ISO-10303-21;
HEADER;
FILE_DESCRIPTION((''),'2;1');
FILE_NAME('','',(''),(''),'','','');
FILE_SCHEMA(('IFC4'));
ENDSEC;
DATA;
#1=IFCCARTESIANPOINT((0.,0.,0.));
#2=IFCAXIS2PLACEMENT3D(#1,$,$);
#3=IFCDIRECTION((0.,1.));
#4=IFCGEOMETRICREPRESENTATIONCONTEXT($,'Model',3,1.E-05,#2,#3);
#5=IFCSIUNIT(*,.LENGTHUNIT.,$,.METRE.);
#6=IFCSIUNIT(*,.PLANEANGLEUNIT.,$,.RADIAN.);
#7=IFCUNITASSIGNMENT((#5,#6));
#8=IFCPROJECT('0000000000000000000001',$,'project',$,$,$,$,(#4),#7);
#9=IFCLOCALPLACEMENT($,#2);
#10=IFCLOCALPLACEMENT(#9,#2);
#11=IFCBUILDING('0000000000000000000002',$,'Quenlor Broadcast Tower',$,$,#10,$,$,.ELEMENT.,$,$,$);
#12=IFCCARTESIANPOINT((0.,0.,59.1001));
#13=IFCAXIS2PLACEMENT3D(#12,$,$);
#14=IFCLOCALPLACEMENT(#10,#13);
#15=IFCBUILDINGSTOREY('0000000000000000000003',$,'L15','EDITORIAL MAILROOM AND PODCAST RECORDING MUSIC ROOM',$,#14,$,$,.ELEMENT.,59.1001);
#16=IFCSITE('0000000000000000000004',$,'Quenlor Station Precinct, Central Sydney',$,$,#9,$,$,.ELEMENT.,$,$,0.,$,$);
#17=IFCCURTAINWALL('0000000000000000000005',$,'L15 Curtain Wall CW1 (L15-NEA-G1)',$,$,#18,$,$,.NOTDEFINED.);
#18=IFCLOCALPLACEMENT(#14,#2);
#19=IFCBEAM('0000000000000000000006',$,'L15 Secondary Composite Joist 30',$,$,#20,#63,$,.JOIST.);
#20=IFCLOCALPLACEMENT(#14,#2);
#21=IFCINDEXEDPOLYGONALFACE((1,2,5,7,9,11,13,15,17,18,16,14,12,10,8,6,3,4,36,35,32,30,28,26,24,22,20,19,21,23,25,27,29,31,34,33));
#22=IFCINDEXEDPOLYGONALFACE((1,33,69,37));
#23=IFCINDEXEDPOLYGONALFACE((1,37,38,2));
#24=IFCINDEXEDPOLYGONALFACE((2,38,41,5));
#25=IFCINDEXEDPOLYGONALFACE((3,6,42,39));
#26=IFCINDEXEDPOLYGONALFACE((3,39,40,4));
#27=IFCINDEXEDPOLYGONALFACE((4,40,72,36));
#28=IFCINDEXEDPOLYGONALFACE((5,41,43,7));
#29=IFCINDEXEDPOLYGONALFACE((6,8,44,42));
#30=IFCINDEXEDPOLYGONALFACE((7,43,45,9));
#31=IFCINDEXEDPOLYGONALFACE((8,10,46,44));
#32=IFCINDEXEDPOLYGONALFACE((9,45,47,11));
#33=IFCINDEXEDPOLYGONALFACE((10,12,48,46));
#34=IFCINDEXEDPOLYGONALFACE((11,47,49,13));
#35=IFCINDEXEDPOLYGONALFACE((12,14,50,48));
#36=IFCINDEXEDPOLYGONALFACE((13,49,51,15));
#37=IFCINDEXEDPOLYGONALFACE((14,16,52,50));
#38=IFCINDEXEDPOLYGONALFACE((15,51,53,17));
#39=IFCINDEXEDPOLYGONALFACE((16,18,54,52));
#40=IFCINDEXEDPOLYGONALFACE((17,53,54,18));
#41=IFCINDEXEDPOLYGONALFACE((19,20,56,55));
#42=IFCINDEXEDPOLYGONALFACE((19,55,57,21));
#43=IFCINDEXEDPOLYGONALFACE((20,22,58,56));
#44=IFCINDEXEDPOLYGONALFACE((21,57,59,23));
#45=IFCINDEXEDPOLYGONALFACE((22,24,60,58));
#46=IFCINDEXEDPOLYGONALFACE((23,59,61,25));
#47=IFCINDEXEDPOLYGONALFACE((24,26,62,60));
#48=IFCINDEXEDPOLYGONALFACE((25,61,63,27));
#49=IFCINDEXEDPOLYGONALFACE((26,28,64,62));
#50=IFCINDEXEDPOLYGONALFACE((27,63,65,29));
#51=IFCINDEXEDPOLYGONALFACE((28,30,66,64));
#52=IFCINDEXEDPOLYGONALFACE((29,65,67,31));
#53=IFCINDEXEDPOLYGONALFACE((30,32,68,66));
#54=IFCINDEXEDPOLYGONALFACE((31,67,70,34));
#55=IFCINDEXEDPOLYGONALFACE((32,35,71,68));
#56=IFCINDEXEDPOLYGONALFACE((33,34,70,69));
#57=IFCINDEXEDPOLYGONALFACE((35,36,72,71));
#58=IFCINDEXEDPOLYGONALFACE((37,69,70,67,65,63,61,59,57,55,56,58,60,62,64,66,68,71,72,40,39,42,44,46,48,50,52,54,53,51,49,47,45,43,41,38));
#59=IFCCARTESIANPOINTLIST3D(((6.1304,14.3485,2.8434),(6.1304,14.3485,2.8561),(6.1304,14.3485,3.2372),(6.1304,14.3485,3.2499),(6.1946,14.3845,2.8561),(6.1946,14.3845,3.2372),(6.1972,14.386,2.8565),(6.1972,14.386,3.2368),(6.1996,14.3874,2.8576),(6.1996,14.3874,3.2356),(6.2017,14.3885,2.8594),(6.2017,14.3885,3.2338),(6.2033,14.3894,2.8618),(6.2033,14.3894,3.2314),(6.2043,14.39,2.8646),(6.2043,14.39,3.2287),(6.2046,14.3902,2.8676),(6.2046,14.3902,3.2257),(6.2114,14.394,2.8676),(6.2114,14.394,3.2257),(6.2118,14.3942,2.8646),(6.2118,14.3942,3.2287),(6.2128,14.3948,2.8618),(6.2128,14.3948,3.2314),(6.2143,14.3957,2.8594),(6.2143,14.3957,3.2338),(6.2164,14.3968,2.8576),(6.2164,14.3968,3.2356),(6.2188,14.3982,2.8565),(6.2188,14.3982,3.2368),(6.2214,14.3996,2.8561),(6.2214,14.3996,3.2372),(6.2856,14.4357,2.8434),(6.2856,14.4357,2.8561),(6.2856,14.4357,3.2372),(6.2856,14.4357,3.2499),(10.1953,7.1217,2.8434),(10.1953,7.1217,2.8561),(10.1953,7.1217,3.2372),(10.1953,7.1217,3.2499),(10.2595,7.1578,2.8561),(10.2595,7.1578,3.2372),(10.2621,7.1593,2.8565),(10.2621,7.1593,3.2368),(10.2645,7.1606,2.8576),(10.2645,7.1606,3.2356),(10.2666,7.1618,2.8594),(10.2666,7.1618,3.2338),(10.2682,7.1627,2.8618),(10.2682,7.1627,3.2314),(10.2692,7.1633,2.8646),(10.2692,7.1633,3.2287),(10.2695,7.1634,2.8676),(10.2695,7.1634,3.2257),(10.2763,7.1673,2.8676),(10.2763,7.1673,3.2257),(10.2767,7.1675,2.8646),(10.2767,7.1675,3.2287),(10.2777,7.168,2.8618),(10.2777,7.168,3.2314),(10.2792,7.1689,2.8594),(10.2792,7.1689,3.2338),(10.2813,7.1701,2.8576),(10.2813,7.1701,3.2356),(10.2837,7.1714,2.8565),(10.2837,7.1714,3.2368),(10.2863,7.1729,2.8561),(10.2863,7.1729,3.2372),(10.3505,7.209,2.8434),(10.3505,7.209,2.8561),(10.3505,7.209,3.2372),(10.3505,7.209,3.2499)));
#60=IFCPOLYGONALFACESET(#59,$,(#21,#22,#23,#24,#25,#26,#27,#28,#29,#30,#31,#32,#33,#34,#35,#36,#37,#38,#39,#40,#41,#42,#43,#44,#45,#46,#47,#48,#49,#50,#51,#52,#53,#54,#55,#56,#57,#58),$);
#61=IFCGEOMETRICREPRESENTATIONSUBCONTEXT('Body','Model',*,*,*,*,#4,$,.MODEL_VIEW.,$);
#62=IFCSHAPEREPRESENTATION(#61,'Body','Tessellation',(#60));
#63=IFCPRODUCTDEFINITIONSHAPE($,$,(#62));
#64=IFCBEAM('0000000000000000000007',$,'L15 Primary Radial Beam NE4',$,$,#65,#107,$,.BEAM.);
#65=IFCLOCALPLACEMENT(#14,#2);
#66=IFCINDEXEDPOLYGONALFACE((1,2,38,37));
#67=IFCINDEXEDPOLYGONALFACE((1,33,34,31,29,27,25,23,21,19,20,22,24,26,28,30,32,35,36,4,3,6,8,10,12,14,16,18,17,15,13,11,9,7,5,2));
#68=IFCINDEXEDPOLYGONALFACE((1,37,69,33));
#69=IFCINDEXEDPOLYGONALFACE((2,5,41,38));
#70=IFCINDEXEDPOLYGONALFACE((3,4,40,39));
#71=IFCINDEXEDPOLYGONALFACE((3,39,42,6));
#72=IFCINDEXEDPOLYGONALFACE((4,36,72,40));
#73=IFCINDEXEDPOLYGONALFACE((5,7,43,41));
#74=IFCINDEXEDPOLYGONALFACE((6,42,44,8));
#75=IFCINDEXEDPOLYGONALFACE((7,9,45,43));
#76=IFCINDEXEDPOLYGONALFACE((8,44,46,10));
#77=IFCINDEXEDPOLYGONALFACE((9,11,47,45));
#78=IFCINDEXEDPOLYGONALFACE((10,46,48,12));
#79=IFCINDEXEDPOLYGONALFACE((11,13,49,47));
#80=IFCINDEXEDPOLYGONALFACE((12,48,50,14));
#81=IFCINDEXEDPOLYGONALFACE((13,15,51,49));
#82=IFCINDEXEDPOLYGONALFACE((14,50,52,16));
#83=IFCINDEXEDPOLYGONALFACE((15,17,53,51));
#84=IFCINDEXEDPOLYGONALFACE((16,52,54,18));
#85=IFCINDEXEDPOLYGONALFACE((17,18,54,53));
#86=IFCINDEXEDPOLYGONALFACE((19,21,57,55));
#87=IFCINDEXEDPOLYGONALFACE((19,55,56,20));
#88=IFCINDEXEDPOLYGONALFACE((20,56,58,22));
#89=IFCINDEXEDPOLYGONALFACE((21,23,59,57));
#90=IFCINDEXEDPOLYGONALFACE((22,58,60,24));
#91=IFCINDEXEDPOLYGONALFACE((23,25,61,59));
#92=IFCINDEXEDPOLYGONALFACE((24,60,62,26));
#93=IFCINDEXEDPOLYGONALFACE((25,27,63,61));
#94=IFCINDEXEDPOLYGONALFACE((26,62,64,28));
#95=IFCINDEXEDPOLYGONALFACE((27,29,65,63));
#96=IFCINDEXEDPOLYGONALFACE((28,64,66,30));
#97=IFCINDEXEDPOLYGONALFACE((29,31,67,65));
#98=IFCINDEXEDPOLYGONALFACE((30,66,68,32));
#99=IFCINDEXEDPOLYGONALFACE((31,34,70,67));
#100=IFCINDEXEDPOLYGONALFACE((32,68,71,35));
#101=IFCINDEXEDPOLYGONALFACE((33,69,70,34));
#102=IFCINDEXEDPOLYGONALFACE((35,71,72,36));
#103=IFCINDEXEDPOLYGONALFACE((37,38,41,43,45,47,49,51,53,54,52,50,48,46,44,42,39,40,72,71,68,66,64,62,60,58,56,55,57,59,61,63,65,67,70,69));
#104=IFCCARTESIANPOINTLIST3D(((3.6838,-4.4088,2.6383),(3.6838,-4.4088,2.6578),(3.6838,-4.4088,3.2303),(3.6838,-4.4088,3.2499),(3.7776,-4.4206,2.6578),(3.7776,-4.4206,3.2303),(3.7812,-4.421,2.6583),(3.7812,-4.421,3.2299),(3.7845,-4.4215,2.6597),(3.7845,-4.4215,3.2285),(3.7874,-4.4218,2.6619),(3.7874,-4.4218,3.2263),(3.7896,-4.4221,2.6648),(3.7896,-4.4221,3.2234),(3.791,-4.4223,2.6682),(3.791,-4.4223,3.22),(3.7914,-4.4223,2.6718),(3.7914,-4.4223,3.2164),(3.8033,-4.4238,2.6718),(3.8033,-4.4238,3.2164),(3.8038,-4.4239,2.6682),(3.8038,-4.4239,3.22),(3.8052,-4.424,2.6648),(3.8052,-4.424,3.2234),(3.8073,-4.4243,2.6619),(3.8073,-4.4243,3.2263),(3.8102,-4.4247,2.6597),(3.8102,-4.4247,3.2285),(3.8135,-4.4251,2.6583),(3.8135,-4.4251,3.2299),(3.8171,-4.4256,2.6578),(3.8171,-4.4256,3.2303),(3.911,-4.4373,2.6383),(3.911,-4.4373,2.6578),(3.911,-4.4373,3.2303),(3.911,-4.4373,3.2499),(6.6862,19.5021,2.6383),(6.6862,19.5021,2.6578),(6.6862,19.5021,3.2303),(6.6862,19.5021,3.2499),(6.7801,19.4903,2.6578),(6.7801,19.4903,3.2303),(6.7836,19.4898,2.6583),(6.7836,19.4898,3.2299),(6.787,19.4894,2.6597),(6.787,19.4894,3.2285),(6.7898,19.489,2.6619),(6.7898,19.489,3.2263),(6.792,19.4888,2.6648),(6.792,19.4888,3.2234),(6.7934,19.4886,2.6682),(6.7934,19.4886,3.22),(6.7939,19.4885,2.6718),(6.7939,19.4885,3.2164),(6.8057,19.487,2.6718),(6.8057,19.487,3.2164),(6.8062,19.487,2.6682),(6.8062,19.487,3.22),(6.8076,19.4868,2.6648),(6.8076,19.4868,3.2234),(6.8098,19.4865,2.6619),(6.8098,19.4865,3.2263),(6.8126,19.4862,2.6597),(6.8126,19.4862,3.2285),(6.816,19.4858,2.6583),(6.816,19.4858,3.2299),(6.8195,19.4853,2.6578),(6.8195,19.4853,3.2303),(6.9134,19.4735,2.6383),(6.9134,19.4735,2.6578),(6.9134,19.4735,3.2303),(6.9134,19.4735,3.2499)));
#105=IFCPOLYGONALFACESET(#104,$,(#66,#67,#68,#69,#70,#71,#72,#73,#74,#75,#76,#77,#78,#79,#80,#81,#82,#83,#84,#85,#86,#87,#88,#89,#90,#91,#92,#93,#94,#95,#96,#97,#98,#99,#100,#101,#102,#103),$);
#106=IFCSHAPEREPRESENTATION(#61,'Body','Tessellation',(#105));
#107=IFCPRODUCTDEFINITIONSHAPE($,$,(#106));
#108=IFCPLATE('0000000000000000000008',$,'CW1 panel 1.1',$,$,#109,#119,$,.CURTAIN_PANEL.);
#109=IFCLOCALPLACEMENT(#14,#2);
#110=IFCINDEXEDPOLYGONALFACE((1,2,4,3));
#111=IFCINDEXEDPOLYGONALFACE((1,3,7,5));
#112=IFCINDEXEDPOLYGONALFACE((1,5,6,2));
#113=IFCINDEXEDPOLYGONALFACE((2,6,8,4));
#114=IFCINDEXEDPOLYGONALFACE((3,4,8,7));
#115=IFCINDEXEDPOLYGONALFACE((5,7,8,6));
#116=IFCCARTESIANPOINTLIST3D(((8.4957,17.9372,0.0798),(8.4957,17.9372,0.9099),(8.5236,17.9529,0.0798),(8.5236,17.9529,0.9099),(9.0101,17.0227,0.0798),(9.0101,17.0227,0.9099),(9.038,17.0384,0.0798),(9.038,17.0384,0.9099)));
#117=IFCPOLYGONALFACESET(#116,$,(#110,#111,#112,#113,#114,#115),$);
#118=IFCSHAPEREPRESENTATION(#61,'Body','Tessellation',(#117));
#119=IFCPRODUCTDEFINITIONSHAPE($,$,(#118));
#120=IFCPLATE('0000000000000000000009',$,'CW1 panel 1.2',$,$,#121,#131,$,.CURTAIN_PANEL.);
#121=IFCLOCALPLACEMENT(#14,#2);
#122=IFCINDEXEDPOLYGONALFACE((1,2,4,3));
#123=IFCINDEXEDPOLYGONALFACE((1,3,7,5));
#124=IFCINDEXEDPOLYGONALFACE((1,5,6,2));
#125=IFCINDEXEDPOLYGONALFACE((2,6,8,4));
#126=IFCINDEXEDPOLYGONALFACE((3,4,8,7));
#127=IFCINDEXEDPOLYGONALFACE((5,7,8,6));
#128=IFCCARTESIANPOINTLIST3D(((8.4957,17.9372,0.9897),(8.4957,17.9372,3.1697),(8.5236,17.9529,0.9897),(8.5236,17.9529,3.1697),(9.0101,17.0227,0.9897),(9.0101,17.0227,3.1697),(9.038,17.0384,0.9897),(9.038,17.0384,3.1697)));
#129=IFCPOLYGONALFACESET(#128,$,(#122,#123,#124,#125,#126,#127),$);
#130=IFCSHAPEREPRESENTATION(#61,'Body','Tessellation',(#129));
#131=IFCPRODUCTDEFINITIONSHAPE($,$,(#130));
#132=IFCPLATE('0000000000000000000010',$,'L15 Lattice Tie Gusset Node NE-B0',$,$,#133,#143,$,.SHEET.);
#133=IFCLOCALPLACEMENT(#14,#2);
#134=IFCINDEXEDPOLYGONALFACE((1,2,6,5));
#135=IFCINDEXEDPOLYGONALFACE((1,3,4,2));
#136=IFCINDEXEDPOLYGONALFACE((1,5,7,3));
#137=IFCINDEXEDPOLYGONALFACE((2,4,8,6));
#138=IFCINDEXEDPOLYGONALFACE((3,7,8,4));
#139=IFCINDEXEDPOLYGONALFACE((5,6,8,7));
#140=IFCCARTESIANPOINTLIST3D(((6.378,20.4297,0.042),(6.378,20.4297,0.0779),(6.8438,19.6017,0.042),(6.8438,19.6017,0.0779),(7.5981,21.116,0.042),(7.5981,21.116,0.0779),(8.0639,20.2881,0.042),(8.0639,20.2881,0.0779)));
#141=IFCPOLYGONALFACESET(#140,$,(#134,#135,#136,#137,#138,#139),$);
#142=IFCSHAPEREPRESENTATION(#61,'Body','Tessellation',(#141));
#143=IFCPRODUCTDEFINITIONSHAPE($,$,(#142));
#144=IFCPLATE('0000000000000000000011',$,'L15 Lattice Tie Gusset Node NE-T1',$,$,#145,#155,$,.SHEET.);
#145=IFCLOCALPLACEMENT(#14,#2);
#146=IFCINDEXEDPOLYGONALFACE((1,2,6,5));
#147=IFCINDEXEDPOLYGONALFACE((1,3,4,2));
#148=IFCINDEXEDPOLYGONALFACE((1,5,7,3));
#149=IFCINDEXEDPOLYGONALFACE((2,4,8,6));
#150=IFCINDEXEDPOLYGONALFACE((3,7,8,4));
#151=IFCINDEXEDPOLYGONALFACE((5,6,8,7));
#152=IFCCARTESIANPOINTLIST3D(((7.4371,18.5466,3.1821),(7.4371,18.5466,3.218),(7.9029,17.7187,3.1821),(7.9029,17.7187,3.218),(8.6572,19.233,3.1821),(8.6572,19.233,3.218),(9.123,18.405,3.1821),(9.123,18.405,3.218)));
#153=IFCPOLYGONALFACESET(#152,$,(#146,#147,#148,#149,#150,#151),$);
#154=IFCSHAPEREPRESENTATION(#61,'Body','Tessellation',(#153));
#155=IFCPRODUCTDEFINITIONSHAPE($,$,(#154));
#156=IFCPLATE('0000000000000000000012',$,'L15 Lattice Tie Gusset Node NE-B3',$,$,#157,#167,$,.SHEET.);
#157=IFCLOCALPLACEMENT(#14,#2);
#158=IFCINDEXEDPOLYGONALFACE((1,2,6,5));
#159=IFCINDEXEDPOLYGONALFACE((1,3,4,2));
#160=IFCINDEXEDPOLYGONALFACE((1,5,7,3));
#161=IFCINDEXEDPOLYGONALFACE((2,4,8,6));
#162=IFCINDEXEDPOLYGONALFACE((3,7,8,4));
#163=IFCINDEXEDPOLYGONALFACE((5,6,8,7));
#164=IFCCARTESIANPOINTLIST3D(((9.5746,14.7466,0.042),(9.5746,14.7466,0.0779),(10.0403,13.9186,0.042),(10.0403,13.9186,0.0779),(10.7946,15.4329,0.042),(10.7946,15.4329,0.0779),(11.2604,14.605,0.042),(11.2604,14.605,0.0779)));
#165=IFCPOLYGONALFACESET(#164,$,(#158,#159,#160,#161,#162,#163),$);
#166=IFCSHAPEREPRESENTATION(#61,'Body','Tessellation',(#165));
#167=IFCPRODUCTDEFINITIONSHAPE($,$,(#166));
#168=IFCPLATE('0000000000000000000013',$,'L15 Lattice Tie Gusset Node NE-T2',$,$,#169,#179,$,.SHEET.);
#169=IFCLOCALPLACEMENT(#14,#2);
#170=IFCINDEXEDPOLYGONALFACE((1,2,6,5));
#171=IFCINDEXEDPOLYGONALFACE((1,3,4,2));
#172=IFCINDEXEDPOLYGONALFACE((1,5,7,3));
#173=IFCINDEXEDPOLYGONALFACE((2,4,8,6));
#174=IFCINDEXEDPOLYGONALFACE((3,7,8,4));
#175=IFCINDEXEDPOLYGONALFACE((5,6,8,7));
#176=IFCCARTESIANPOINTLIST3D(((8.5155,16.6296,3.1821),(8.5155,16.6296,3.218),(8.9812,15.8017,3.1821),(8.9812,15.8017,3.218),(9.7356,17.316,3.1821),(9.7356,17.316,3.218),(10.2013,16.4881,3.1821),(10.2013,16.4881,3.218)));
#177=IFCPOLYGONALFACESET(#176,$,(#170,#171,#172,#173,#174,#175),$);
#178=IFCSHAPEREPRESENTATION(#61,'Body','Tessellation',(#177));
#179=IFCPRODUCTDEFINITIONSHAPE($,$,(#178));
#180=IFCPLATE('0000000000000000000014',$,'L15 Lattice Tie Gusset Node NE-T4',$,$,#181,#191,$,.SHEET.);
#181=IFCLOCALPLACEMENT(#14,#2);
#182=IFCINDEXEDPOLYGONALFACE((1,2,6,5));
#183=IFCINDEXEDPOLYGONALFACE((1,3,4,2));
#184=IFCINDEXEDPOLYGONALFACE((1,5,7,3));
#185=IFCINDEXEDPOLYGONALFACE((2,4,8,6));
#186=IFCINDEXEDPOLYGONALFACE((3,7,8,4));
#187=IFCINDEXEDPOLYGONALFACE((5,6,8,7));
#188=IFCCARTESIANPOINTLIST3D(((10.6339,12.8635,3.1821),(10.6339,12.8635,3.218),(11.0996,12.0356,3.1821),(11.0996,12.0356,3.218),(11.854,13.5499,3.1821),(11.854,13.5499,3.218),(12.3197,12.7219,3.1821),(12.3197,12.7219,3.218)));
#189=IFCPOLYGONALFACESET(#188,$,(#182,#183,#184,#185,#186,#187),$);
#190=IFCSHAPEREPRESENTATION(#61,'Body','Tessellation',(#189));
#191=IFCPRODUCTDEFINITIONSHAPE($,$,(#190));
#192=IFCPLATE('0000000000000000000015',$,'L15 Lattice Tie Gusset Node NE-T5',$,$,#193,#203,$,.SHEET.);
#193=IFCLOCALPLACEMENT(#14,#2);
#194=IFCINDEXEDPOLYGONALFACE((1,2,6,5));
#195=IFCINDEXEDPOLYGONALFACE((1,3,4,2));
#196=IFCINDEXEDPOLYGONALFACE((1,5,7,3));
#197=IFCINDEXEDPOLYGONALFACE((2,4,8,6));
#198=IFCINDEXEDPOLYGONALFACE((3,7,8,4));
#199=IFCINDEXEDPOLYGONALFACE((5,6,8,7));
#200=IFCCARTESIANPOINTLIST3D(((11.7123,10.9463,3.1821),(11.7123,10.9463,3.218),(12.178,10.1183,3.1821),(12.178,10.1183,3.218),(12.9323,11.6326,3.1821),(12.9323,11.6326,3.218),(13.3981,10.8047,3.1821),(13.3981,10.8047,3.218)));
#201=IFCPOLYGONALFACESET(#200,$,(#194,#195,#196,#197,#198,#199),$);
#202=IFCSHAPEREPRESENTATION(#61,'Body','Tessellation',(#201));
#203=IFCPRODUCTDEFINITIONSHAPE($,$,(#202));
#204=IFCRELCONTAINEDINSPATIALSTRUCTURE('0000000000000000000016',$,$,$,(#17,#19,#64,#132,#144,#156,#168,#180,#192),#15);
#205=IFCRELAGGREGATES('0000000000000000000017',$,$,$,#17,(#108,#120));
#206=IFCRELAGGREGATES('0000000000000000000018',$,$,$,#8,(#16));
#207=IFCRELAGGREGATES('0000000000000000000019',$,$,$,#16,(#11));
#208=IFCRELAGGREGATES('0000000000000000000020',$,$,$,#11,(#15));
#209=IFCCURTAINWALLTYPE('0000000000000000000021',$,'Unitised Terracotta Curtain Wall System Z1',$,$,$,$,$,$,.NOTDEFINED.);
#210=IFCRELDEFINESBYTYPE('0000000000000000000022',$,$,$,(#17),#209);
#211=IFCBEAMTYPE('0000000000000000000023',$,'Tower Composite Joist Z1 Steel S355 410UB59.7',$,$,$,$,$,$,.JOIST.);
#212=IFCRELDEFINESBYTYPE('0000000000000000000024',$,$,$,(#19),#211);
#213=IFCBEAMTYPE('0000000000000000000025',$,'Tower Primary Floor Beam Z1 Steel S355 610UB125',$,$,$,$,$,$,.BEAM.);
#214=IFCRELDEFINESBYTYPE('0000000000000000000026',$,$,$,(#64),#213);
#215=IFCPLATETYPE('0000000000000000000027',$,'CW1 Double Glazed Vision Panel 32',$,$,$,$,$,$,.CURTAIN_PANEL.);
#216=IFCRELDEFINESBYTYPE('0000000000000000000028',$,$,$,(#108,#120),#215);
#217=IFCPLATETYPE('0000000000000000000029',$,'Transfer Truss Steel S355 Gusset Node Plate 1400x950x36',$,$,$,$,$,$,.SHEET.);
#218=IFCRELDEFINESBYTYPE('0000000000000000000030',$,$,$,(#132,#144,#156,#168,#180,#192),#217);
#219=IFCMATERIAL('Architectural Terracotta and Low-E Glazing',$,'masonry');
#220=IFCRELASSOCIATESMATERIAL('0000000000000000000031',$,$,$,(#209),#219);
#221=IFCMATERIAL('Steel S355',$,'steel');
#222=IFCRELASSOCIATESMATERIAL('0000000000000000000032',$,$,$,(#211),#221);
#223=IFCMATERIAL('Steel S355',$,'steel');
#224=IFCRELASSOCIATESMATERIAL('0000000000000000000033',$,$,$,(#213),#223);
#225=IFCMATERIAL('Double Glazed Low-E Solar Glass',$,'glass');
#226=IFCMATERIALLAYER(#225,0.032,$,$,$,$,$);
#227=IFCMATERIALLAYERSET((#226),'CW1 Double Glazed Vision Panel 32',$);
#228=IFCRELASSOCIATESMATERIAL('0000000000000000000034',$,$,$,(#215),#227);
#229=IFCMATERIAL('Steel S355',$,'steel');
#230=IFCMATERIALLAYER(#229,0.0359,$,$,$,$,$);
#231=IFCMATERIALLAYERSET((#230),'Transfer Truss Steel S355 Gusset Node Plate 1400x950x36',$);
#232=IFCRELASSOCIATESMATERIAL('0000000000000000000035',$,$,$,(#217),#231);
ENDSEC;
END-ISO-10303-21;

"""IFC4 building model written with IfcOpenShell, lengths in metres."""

from ifc_helpers import new_model, si_unit, direction, frame, origin, origin_2d, place, context, subcontext, project, spatial, rectangle, i_section, extrude, material, layer, layer_set, material_profile, profile_set, type_object, element, aggregate, save


model = new_model("IFC4")

# Units and contexts
model_context = context("Model", 3, precision=1e-05, world=origin(), true_north=direction((0.0, 1.0)))
body_context = subcontext(model_context, "Body", "Model", "MODEL_VIEW")
ifc_project = project(units=[si_unit("LENGTHUNIT", "METRE"), si_unit("PLANEANGLEUNIT", "RADIAN")], contexts=[model_context])

# Site, building, storey
site_placement = place(None, origin())
site = spatial("IfcSite", under=ifc_project, at=site_placement, Name="Quenlor Station Precinct, Central Sydney", CompositionType="ELEMENT", RefElevation=0.0)
building_placement = place(site_placement, origin())
building = spatial("IfcBuilding", under=site, at=building_placement, Name="Quenlor Broadcast Tower", CompositionType="ELEMENT")
storey_placement = place(building_placement, frame((0.0, 0.0, 59.1001)))
storey = spatial("IfcBuildingStorey", under=building, at=storey_placement, Name="L15", Description="EDITORIAL MAILROOM AND PODCAST RECORDING MUSIC ROOM", CompositionType="ELEMENT", Elevation=59.1001)

# Curtain wall
ifc_material_1 = material(Name="Architectural Terracotta and Low-E Glazing", Category="masonry")
curtain_wall_type = type_object("IfcCurtainWallType", Name="Unitised Terracotta Curtain Wall System Z1", PredefinedType="NOTDEFINED", material=ifc_material_1)
curtain_wall_placement = place(storey_placement, origin())
curtain_wall = element("IfcCurtainWall", 1, at=curtain_wall_placement, inside=storey, type_object=curtain_wall_type, Name="L15 Curtain Wall CW1 (L15-NEA-G1)", PredefinedType="NOTDEFINED")

# Beams
ifc_material_2 = material(Name="Steel S355", Category="steel")
ifc_material_profile_1 = material_profile(ifc_material_2, i_section(OverallWidth=0.178, OverallDepth=0.4065, WebThickness=0.0078, FlangeThickness=0.0127, FilletRadius=0.0115, at=origin_2d()))
ifc_profile_set_1 = profile_set([ifc_material_profile_1], Name="Steel S355 410UB59.7")
beam_type_1 = type_object("IfcBeamType", Name="Tower Composite Joist Z1 Steel S355 410UB59.7", PredefinedType="JOIST", material=ifc_profile_set_1)
beam_1_placement = place(storey_placement, frame((6.208, 14.3921, 3.0466), z_axis=(0.490249, -0.871583, 0.0), x_axis=(0.871583, 0.490249, 0.0)))
element("IfcBeam", 2, at=beam_1_placement, inside=storey, type_object=beam_type_1, Name="L15 Secondary Composite Joist 30", PredefinedType="JOIST", context=body_context, shape_type="SweptSolid", body=[
    extrude(i_section(OverallWidth=0.178, OverallDepth=0.4065, WebThickness=0.0078, FlangeThickness=0.0127, FilletRadius=0.0115, at=origin_2d()), origin(), (0.0, 0.0, 1.0), 8.2915),
])
ifc_material_3 = material(Name="Steel S355", Category="steel")
ifc_material_profile_2 = material_profile(ifc_material_3, i_section(OverallWidth=0.229, OverallDepth=0.6116, WebThickness=0.012, FlangeThickness=0.0195, FilletRadius=0.0139, at=origin_2d()))
ifc_profile_set_2 = profile_set([ifc_material_profile_2], Name="Steel S355 610UB125")
beam_type_2 = type_object("IfcBeamType", Name="Tower Primary Floor Beam Z1 Steel S355 610UB125", PredefinedType="BEAM", material=ifc_profile_set_2)
beam_2_placement = place(storey_placement, frame((6.7998, 19.4878, 2.9441), z_axis=(-0.12459, -0.992208, 0.0), x_axis=(0.992208, -0.12459, 0.0)))
element("IfcBeam", 3, at=beam_2_placement, inside=storey, type_object=beam_type_2, Name="L15 Primary Radial Beam NE4", PredefinedType="BEAM", context=body_context, shape_type="SweptSolid", body=[
    extrude(i_section(OverallWidth=0.229, OverallDepth=0.6116, WebThickness=0.012, FlangeThickness=0.0195, FilletRadius=0.0139, at=origin_2d()), origin(), (0.0, 0.0, 1.0), 24.0986),
])

# Plates
ifc_material_4 = material(Name="Double Glazed Low-E Solar Glass", Category="glass")
ifc_layer_1 = layer(ifc_material_4, 0.032)
ifc_layer_set_1 = layer_set([ifc_layer_1], Name="CW1 Double Glazed Vision Panel 32")
plate_type_1 = type_object("IfcPlateType", Name="CW1 Double Glazed Vision Panel 32", PredefinedType="CURTAIN_PANEL", material=ifc_layer_set_1)
plate_1_placement = place(storey_placement, frame((8.7668, 17.4878, 0.0798), z_axis=(0.0, 0.0, 1.0), x_axis=(0.490277, -0.871567, 0.0)))
plate_1 = element("IfcPlate", 4, at=plate_1_placement, type_object=plate_type_1, Name="CW1 panel 1.1", PredefinedType="CURTAIN_PANEL", context=body_context, shape_type="SweptSolid", body=[
    extrude(rectangle(XDim=1.0493, YDim=0.032, at=origin_2d()), origin(), (0.0, 0.0, 1.0), 0.8301),
])
plate_2_placement = place(storey_placement, frame((8.7668, 17.4878, 0.9897), z_axis=(0.0, 0.0, 1.0), x_axis=(0.490277, -0.871567, 0.0)))
plate_2 = element("IfcPlate", 5, at=plate_2_placement, type_object=plate_type_1, Name="CW1 panel 1.2", PredefinedType="CURTAIN_PANEL", context=body_context, shape_type="SweptSolid", body=[
    extrude(rectangle(XDim=1.0493, YDim=0.032, at=origin_2d()), origin(), (0.0, 0.0, 1.0), 2.1799),
])
aggregate(curtain_wall, [plate_1, plate_2])

# Plates
ifc_material_5 = material(Name="Steel S355", Category="steel")
ifc_layer_2 = layer(ifc_material_5, 0.0359)
ifc_layer_set_2 = layer_set([ifc_layer_2], Name="Transfer Truss Steel S355 Gusset Node Plate 1400x950x36")
plate_type_2 = type_object("IfcPlateType", Name="Transfer Truss Steel S355 Gusset Node Plate 1400x950x36", PredefinedType="SHEET", material=ifc_layer_set_2)
for number, where, z_axis, x_axis, name in (
    (6, (7.2209, 20.3589, 0.042), (0.0, 0.0, 1.0), (0.871556, 0.490295, 0.0), "L15 Lattice Tie Gusset Node NE-B0"),
    (7, (8.28, 18.4758, 3.1821), (0.0, 0.0, 1.0), (0.871556, 0.490295, 0.0), "L15 Lattice Tie Gusset Node NE-T1"),
    (8, (10.4175, 14.6758, 0.042), (0.0, 0.0, 1.0), (0.871556, 0.490295, 0.0), "L15 Lattice Tie Gusset Node NE-B3"),
    (9, (9.3584, 16.5588, 3.1821), (0.0, 0.0, 1.0), (0.871556, 0.490295, 0.0), "L15 Lattice Tie Gusset Node NE-T2"),
    (10, (11.4768, 12.7927, 3.1821), (0.0, 0.0, 1.0), (0.871556, 0.490295, 0.0), "L15 Lattice Tie Gusset Node NE-T4"),
    (11, (12.5552, 10.8755, 3.1821), (0.0, 0.0, 1.0), (0.871556, 0.490295, 0.0), "L15 Lattice Tie Gusset Node NE-T5"),
):
    element("IfcPlate", number, at=place(storey_placement, frame(where, z_axis=z_axis, x_axis=x_axis)), inside=storey, type_object=plate_type_2, Name=name, PredefinedType="SHEET", context=body_context, shape_type="SweptSolid", body=[
        extrude(rectangle(XDim=1.3999, YDim=0.95, at=origin_2d()), origin(), (0.0, 0.0, 1.0), 0.0359),
    ])

save(model, "model.ifc")
